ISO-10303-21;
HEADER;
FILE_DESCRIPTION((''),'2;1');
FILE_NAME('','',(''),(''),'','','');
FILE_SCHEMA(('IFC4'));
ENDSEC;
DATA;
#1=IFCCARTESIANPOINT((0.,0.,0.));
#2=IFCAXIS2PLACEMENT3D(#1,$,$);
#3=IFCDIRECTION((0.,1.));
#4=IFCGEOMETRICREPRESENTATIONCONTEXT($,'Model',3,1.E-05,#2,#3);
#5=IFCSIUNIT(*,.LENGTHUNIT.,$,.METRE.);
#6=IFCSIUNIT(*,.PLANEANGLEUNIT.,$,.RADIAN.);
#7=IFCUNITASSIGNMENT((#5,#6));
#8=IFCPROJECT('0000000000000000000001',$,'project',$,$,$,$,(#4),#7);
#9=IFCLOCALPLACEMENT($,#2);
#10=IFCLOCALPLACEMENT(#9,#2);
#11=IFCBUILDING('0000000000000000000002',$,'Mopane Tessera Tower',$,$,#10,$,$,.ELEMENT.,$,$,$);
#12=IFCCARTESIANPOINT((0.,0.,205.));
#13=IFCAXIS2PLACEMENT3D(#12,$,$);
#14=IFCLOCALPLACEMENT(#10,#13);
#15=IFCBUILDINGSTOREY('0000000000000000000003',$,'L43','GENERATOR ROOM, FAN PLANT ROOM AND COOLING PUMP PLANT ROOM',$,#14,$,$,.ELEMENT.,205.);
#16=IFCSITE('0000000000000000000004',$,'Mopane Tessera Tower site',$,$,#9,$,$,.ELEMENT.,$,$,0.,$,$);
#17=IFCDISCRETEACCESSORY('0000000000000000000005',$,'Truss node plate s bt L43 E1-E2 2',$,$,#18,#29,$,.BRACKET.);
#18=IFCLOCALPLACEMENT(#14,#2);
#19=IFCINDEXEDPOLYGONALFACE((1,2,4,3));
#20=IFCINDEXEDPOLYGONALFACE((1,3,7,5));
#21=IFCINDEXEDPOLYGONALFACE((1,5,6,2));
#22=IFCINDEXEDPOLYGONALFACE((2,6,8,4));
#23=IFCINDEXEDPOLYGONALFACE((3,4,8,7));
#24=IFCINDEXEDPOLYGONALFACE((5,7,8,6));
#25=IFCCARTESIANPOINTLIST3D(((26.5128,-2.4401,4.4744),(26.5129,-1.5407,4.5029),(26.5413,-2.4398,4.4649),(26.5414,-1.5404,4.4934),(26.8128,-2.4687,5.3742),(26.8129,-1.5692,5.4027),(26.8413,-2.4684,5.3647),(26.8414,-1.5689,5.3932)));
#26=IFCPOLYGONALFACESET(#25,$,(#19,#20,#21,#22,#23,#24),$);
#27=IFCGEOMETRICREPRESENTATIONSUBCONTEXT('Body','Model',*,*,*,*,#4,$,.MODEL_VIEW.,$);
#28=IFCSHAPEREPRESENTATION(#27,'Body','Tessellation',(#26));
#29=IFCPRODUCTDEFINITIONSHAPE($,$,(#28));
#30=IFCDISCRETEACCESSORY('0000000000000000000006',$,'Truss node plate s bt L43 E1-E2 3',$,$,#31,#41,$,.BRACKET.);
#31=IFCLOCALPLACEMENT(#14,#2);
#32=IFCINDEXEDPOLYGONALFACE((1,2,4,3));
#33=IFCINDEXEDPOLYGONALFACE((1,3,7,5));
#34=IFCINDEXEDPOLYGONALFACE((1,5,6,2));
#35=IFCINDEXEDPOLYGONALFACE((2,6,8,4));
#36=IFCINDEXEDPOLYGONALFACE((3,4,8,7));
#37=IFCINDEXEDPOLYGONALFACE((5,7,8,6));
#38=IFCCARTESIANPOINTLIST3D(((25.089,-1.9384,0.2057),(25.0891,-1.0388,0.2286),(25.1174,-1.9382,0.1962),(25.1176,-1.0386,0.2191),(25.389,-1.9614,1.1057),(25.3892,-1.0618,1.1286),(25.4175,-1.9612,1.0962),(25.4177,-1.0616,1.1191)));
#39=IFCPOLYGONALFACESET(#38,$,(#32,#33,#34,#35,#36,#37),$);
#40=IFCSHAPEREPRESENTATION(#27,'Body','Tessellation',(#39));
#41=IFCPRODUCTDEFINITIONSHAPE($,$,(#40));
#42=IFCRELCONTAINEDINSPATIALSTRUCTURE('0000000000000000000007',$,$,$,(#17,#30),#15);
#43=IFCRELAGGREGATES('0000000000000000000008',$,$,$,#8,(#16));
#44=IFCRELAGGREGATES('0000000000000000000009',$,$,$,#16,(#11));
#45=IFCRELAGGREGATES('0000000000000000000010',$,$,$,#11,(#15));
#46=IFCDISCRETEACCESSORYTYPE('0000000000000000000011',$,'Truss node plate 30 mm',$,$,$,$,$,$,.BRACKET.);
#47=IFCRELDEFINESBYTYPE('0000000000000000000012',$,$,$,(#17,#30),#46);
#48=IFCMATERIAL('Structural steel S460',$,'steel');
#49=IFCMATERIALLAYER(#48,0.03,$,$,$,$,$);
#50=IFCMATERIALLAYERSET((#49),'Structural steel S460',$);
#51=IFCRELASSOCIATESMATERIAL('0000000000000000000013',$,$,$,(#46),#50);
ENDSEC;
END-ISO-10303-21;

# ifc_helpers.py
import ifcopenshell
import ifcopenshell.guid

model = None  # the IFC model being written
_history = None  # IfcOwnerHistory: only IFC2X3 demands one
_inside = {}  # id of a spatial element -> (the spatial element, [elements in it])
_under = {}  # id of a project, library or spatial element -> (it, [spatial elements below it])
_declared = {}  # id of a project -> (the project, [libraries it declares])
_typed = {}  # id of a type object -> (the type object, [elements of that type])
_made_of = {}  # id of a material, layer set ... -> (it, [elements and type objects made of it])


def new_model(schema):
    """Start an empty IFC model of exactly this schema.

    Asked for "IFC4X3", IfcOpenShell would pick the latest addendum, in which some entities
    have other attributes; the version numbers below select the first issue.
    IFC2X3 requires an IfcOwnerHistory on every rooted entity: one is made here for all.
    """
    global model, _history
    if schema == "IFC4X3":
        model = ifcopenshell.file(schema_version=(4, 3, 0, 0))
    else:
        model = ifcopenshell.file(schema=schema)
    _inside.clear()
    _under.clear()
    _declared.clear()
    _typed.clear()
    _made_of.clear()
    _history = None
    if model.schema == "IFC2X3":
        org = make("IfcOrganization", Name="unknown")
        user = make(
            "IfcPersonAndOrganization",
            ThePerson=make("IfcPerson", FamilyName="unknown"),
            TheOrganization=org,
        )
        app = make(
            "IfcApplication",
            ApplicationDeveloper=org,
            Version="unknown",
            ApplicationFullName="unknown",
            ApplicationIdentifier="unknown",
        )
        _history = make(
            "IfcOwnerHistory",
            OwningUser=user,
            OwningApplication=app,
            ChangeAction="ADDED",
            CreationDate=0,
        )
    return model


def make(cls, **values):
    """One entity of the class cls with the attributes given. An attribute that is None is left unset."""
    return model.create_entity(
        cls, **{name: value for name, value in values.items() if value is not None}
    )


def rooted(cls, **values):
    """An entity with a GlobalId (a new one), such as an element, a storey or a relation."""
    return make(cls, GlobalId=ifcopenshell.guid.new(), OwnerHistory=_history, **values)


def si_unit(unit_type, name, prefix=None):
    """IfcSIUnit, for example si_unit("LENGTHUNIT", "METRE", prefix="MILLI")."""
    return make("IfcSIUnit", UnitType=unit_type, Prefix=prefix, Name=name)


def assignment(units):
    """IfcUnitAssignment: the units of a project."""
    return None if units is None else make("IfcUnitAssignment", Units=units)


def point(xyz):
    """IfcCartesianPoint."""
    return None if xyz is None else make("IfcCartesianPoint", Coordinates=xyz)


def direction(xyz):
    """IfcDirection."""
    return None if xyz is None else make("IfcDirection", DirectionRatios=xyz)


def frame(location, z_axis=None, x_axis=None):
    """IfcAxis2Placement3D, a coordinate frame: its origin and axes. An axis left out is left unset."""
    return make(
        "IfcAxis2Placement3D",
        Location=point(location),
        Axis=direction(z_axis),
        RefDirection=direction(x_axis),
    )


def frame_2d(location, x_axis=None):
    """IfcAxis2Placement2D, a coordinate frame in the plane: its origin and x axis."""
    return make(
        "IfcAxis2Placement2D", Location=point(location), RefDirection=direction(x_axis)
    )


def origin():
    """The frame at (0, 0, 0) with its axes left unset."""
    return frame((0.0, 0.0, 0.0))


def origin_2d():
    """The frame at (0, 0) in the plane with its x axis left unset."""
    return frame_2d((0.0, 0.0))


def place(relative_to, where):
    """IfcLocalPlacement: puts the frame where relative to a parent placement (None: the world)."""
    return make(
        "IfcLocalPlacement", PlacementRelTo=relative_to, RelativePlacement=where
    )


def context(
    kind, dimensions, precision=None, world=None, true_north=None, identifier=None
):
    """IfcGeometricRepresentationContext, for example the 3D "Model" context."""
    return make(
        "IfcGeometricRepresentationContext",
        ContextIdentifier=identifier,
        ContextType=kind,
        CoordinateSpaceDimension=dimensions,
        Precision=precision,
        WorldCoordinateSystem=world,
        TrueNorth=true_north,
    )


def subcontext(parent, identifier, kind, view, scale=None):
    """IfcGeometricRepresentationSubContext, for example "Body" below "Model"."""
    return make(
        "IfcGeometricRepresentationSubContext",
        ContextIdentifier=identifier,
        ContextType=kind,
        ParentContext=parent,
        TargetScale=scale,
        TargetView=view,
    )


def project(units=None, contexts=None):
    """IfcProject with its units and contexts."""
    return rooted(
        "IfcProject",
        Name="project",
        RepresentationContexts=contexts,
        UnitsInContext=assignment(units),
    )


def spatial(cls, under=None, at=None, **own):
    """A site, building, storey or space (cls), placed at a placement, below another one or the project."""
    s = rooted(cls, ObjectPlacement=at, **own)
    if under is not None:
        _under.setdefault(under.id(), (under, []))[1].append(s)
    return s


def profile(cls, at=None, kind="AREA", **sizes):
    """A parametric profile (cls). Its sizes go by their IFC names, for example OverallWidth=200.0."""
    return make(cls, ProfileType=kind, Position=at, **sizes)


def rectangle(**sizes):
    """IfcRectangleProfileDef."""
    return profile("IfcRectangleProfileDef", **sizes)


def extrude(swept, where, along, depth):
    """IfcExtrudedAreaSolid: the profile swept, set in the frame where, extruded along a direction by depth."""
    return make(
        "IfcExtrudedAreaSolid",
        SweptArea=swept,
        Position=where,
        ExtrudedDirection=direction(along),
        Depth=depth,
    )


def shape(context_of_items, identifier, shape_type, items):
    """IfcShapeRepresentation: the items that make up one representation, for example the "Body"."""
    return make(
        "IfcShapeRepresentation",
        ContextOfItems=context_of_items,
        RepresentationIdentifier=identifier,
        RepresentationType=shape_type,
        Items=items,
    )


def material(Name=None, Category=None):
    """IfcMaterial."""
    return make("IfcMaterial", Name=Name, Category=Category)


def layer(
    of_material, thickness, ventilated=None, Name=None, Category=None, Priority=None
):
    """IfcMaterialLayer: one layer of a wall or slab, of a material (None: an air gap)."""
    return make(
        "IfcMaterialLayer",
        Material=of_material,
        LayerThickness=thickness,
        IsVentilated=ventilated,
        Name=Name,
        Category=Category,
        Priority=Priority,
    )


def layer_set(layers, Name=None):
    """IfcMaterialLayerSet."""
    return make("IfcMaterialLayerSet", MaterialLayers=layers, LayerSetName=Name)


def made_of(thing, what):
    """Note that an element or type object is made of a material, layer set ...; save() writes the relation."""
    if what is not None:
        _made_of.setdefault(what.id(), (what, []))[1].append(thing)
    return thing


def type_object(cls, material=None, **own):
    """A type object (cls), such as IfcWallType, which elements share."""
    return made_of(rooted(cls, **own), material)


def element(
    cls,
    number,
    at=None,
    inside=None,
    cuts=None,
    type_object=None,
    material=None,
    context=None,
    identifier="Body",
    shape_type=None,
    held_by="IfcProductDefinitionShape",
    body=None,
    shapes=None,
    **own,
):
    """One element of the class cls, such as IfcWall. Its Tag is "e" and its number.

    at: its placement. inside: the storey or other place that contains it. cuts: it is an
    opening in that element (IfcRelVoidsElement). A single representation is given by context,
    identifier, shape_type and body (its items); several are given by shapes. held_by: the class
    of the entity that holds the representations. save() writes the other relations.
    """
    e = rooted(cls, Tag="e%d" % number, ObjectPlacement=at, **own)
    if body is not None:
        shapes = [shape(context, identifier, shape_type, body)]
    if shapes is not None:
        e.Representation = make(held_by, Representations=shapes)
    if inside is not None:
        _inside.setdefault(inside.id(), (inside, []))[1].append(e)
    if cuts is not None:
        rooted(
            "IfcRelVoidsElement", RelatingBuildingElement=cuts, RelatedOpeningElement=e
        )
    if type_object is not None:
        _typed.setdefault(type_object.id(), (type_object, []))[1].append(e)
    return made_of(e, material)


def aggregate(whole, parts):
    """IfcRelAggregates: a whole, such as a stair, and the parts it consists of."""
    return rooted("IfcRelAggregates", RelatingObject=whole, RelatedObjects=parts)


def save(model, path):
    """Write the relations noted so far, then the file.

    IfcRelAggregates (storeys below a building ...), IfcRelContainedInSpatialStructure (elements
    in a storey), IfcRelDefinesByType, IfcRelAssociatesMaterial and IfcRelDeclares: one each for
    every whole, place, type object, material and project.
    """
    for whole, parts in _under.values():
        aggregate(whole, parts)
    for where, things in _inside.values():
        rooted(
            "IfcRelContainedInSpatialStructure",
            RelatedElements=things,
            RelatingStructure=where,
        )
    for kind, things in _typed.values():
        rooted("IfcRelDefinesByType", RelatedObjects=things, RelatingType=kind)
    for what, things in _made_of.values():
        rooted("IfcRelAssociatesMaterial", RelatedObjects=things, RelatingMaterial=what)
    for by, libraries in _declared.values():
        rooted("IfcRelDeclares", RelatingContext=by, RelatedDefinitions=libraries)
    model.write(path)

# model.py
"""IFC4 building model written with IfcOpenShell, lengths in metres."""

from ifc_helpers import new_model, si_unit, direction, frame, origin, origin_2d, place, context, subcontext, project, spatial, rectangle, extrude, material, layer, layer_set, type_object, element, save


model = new_model("IFC4")

# Units and contexts
model_context = context("Model", 3, precision=1e-05, world=origin(), true_north=direction((0.0, 1.0)))
body_context = subcontext(model_context, "Body", "Model", "MODEL_VIEW")
ifc_project = project(units=[si_unit("LENGTHUNIT", "METRE"), si_unit("PLANEANGLEUNIT", "RADIAN")], contexts=[model_context])

# Site, building, storey
site_placement = place(None, origin())
site = spatial("IfcSite", under=ifc_project, at=site_placement, Name="Mopane Tessera Tower site", CompositionType="ELEMENT", RefElevation=0.0)
building_placement = place(site_placement, origin())
building = spatial("IfcBuilding", under=site, at=building_placement, Name="Mopane Tessera Tower", CompositionType="ELEMENT")
storey_placement = place(building_placement, frame((0.0, 0.0, 205.0)))
storey = spatial("IfcBuildingStorey", under=building, at=storey_placement, Name="L43", Description="GENERATOR ROOM, FAN PLANT ROOM AND COOLING PUMP PLANT ROOM", CompositionType="ELEMENT", Elevation=205.0)

# Discrete accessories
ifc_material_1 = material(Name="Structural steel S460", Category="steel")
ifc_layer_1 = layer(ifc_material_1, 0.03)
ifc_layer_set_1 = layer_set([ifc_layer_1], Name="Structural steel S460")
discrete_accessory_type_1 = type_object("IfcDiscreteAccessoryType", Name="Truss node plate 30 mm", PredefinedType="BRACKET", material=ifc_layer_set_1)
for number, where, z_axis, x_axis, name in (
    (1, (26.5271, -1.9902, 4.4839), (0.316162, -0.030098, 0.948228), (-0.948705, -0.009934, 0.316006), "Truss node plate s bt L43 E1-E2 2"),
    (2, (25.1033, -1.4885, 0.2124), (0.316212, -0.024185, 0.94838), (-0.948688, -0.007897, 0.316114), "Truss node plate s bt L43 E1-E2 3"),
):
    element("IfcDiscreteAccessory", number, at=place(storey_placement, frame(where, z_axis=z_axis, x_axis=x_axis)), inside=storey, type_object=discrete_accessory_type_1, Name=name, PredefinedType="BRACKET", context=body_context, shape_type="SweptSolid", body=[
        extrude(rectangle(XDim=0.03, YDim=0.8999, at=origin_2d()), origin(), (0.0, 0.0, 1.0), 0.949),
    ])

save(model, "model.ifc")
